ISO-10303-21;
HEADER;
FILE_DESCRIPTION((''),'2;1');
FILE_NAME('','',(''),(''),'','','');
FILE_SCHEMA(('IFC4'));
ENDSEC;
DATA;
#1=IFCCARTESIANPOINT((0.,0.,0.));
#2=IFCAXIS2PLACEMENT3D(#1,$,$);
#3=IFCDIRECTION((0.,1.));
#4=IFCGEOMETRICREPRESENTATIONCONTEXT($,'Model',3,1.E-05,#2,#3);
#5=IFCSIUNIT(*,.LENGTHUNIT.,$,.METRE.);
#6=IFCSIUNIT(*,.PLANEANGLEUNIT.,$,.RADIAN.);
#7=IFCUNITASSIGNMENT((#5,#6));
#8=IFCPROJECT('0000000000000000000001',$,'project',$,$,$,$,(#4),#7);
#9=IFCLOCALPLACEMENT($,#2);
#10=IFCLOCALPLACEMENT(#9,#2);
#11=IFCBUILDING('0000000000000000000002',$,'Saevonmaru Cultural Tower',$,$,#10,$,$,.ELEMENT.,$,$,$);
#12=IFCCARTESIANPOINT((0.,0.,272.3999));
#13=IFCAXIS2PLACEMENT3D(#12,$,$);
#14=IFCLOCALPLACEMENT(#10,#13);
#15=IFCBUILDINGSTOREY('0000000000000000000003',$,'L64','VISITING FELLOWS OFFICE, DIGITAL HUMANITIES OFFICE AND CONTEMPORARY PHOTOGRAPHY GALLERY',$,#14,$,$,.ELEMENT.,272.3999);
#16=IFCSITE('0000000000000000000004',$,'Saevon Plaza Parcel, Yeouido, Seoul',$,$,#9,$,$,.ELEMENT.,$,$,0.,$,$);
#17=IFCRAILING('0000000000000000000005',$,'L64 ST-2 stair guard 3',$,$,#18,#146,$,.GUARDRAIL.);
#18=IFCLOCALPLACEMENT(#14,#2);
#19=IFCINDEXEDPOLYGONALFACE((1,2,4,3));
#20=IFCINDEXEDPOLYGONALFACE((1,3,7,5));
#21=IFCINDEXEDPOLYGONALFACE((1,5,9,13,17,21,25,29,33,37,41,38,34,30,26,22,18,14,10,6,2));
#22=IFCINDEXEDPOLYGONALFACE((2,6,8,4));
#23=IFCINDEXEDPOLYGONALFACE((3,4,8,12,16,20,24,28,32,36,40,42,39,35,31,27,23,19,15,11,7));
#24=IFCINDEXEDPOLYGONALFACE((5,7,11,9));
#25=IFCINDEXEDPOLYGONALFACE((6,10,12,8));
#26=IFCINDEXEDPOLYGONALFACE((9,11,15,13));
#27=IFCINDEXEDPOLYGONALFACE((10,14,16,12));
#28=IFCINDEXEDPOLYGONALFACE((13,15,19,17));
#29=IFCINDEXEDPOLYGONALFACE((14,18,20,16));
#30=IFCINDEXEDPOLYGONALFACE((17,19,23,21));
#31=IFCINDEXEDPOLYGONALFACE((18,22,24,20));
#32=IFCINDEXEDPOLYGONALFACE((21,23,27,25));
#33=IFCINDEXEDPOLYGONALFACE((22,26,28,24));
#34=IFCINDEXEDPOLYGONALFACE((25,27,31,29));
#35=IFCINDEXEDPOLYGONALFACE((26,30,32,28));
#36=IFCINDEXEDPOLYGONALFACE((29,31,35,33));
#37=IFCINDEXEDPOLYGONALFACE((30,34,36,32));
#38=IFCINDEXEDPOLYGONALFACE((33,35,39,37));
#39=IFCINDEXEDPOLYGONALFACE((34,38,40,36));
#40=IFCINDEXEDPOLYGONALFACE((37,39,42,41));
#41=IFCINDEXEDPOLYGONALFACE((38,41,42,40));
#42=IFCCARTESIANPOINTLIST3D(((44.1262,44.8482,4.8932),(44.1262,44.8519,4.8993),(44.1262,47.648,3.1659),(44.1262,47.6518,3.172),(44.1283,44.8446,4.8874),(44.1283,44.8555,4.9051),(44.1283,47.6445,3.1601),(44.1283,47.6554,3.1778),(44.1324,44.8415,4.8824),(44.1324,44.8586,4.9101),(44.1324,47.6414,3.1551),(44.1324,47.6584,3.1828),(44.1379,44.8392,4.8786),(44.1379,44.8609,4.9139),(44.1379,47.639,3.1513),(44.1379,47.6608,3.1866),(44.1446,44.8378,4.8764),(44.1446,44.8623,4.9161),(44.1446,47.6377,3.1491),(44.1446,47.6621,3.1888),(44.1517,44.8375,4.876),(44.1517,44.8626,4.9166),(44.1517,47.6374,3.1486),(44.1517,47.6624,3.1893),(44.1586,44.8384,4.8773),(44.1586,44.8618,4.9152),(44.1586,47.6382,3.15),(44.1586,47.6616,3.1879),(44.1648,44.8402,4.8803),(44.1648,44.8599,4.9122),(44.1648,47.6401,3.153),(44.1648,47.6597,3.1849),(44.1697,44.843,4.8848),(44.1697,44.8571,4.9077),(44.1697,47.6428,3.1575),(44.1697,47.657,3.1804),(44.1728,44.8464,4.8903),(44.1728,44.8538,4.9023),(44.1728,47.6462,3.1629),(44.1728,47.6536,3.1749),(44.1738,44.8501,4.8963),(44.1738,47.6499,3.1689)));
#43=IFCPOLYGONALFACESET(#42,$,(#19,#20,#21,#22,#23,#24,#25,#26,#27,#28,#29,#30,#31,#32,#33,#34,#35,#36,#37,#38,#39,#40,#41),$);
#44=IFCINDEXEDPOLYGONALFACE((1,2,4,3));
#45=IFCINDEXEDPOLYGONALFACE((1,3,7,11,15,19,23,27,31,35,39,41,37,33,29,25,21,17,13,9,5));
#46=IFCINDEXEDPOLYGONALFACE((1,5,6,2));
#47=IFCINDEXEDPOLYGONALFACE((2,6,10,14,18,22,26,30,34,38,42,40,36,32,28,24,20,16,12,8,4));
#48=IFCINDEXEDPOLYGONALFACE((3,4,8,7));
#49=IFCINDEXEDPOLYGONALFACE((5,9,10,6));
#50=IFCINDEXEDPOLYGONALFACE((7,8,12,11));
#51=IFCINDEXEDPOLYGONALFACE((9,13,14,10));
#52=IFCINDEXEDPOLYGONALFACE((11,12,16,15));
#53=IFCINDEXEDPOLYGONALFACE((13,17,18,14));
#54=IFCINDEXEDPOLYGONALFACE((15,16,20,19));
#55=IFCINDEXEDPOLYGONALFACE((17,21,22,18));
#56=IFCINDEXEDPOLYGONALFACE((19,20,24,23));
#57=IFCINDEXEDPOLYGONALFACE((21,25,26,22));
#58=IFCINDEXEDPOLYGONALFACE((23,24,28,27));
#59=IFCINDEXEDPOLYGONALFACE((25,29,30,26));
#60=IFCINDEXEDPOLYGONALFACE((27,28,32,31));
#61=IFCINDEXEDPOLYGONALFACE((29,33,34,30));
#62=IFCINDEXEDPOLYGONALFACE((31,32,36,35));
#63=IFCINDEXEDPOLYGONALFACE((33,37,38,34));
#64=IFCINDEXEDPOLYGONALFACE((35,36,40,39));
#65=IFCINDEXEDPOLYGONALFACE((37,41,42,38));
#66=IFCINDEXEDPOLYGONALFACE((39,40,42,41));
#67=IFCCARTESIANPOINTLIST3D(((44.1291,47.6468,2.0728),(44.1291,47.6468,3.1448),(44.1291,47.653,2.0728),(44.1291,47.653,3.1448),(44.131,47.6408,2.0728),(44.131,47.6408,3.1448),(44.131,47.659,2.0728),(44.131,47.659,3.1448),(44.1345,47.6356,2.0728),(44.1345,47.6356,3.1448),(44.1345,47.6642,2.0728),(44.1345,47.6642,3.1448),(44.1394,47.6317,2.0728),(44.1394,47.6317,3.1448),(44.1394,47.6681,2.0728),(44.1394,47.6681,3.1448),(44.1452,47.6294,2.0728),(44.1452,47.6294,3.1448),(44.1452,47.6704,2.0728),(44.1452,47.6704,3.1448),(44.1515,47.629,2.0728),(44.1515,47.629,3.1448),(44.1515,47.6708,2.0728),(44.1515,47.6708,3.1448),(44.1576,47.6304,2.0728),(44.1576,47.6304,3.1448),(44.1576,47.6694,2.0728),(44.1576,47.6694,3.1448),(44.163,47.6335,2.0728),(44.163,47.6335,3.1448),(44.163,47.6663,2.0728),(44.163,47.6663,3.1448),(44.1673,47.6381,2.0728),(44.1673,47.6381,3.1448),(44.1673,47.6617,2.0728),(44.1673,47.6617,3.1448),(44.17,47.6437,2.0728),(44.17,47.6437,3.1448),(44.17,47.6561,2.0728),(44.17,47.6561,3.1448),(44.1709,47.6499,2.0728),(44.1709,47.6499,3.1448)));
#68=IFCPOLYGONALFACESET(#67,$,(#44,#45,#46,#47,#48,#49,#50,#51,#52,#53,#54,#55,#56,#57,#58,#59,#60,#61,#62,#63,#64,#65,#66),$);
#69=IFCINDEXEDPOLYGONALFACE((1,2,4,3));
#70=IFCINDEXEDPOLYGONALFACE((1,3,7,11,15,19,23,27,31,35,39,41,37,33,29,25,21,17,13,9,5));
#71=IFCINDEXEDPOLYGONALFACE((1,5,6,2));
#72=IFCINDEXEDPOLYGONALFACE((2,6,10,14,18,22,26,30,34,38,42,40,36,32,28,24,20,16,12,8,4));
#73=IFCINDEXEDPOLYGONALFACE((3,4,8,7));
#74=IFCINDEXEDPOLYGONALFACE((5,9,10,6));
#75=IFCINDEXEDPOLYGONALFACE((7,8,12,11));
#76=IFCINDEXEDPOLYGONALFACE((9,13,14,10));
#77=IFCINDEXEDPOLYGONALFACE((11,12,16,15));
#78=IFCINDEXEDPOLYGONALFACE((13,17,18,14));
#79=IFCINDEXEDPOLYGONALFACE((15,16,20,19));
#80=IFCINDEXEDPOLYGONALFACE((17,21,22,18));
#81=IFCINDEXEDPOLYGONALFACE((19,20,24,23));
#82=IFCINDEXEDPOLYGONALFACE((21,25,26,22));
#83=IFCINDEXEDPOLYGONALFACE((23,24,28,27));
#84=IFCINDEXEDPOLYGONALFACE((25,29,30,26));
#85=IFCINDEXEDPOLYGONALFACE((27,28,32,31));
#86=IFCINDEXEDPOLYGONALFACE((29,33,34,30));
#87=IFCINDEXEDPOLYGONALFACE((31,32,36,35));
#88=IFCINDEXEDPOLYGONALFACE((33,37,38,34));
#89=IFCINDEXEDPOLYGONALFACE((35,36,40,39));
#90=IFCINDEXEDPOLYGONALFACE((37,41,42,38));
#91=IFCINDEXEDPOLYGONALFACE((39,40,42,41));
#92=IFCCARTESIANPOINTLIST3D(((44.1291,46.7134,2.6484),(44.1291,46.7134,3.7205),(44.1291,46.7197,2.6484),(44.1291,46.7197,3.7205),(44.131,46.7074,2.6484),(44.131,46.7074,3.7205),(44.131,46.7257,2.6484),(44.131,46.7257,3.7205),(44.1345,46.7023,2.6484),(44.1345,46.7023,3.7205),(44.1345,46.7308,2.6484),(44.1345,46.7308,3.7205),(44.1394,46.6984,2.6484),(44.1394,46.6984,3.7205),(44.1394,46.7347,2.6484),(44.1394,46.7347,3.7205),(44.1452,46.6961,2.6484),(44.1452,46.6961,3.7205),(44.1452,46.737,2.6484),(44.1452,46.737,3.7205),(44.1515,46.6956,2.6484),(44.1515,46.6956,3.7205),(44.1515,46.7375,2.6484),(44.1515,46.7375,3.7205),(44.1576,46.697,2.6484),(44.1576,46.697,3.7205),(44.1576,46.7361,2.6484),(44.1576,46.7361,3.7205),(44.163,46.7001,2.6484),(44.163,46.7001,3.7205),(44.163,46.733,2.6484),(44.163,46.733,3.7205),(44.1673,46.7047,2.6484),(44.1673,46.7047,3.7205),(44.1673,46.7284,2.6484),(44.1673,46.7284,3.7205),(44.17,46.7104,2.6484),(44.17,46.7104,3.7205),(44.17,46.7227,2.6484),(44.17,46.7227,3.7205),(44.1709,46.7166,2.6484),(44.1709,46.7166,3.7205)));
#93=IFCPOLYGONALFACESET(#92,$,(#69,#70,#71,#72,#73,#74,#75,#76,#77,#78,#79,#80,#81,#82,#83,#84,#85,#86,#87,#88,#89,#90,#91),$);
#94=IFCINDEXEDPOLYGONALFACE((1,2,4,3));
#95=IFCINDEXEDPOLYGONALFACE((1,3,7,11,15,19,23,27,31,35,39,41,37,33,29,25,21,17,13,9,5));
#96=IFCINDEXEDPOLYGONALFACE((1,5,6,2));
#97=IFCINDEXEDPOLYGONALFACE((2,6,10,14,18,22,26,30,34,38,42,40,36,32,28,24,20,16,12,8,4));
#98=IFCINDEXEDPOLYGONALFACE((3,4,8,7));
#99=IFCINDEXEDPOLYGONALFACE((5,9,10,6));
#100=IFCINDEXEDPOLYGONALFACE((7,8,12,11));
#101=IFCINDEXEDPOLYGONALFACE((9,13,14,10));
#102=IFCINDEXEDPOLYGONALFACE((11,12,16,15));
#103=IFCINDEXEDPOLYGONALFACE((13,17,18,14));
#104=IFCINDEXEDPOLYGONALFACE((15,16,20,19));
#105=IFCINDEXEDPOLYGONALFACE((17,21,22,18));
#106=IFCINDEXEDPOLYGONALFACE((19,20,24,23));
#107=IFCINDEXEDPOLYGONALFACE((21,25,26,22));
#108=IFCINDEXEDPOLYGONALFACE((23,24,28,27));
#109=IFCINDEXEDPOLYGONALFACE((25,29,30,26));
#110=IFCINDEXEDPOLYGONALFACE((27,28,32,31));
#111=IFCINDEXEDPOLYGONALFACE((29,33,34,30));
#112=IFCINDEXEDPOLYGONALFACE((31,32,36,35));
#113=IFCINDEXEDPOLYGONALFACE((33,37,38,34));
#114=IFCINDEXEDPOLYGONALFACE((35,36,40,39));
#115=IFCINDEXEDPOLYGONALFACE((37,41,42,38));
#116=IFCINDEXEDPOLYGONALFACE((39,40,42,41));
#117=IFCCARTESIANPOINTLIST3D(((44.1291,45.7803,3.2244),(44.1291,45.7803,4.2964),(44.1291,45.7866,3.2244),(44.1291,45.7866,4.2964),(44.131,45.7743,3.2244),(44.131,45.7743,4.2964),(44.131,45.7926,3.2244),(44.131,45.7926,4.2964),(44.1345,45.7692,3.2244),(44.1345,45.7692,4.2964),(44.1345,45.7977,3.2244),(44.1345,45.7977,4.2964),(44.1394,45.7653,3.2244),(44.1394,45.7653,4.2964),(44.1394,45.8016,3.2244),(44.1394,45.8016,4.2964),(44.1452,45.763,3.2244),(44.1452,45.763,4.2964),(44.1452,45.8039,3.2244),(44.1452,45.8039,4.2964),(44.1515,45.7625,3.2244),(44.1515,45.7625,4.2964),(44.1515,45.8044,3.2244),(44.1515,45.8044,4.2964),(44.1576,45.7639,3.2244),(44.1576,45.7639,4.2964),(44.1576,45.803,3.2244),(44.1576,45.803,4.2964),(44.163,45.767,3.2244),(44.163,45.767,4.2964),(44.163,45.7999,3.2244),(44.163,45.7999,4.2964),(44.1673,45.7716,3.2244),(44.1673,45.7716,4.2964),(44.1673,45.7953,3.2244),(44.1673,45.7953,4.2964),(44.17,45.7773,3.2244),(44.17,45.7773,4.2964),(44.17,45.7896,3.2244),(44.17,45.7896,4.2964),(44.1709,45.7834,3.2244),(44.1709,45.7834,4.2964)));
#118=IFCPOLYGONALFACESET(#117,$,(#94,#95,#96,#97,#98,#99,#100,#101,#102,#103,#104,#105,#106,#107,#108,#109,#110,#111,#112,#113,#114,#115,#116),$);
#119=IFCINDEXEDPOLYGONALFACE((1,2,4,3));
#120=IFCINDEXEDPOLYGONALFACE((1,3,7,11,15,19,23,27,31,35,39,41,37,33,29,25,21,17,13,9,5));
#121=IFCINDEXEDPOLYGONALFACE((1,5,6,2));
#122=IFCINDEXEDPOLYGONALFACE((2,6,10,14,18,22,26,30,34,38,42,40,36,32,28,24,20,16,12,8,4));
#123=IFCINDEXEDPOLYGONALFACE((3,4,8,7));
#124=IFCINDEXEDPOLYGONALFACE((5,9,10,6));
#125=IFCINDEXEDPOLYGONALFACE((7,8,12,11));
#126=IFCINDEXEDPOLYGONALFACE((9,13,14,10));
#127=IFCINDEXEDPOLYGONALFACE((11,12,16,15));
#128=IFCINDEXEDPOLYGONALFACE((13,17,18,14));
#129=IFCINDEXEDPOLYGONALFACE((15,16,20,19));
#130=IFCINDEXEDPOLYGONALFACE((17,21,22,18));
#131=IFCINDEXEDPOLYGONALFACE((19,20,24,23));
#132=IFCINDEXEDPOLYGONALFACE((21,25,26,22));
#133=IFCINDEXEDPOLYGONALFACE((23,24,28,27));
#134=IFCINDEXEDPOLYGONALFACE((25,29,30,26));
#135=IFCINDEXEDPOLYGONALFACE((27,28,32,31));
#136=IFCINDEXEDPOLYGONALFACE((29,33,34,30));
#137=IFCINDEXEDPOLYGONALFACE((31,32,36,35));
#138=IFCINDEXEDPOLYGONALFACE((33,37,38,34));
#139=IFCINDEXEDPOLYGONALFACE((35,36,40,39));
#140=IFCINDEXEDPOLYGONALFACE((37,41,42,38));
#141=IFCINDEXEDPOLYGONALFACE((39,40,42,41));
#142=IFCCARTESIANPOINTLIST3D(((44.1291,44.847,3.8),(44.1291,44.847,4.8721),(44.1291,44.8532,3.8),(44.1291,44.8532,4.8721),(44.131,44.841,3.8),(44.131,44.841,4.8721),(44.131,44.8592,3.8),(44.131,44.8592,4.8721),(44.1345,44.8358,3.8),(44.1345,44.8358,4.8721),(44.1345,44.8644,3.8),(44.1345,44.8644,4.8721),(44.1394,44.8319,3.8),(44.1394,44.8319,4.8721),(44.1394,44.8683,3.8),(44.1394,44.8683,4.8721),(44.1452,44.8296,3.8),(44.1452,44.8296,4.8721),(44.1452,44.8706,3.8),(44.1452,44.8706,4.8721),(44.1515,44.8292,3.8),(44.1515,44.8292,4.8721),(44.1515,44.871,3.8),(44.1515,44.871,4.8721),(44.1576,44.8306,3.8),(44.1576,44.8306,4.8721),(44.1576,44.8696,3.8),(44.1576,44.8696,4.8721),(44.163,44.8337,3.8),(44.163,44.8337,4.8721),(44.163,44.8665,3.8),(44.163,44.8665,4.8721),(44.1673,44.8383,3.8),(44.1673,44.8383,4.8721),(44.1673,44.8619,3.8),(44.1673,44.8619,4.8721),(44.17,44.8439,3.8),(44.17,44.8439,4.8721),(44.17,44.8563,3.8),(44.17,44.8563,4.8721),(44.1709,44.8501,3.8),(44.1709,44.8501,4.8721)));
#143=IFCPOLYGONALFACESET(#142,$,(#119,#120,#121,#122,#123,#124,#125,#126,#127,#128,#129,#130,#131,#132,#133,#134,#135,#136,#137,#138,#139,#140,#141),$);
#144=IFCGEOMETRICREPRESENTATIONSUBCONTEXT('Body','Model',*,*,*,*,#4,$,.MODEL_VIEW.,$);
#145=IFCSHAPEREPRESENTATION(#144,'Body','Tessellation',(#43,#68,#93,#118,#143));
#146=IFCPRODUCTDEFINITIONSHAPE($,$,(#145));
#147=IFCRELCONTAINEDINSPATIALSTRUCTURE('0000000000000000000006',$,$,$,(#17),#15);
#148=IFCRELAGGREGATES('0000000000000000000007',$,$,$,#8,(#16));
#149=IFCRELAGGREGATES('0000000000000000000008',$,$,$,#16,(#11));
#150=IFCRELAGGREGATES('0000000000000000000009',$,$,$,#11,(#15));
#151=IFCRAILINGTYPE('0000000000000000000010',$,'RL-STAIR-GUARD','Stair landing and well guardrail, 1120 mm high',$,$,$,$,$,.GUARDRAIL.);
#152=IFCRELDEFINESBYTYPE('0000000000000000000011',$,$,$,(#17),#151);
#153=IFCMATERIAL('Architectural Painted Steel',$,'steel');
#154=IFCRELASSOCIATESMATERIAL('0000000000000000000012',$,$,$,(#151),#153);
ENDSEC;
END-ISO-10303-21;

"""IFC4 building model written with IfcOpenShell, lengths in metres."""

from ifc_helpers import new_model, si_unit, direction, frame, origin, origin_2d, place, context, subcontext, project, spatial, circle, extrude, material, type_object, element, save


model = new_model("IFC4")

# Units and contexts
model_context = context("Model", 3, precision=1e-05, world=origin(), true_north=direction((0.0, 1.0)))
body_context = subcontext(model_context, "Body", "Model", "MODEL_VIEW")
ifc_project = project(units=[si_unit("LENGTHUNIT", "METRE"), si_unit("PLANEANGLEUNIT", "RADIAN")], contexts=[model_context])

# Site, building, storey
site_placement = place(None, origin())
site = spatial("IfcSite", under=ifc_project, at=site_placement, Name="Saevon Plaza Parcel, Yeouido, Seoul", CompositionType="ELEMENT", RefElevation=0.0)
building_placement = place(site_placement, origin())
building = spatial("IfcBuilding", under=site, at=building_placement, Name="Saevonmaru Cultural Tower", CompositionType="ELEMENT")
storey_placement = place(building_placement, frame((0.0, 0.0, 272.3999)))
storey = spatial("IfcBuildingStorey", under=building, at=storey_placement, Name="L64", Description="VISITING FELLOWS OFFICE, DIGITAL HUMANITIES OFFICE AND CONTEMPORARY PHOTOGRAPHY GALLERY", CompositionType="ELEMENT", Elevation=272.3999)

# Railing
ifc_material_1 = material(Name="Architectural Painted Steel", Category="steel")
railing_type_1 = type_object("IfcRailingType", Name="RL-STAIR-GUARD", Description="Stair landing and well guardrail, 1120 mm high", PredefinedType="GUARDRAIL", material=ifc_material_1)
railing_1_placement = place(storey_placement, frame((44.1499, 47.6499, 2.0728)))
element("IfcRailing", 1, at=railing_1_placement, inside=storey, type_object=railing_type_1, Name="L64 ST-2 stair guard 3", PredefinedType="GUARDRAIL", context=body_context, shape_type="SweptSolid", body=[
    extrude(circle(Radius=0.0239, at=origin_2d()), frame((0.0, 0.0, 1.0962), z_axis=(0.0, -0.851069, 0.525054), x_axis=(1.0, 0.0, 0.0)), (0.0, 0.0, 1.0), 3.2898),
    extrude(circle(Radius=0.021, at=origin_2d()), origin(), (0.0, 0.0, 1.0), 1.072),
    extrude(circle(Radius=0.021, at=origin_2d()), frame((0.0, -0.9333, 0.5757)), (0.0, 0.0, 1.0), 1.072),
    extrude(circle(Radius=0.021, at=origin_2d()), frame((0.0, -1.8665, 1.1516)), (0.0, 0.0, 1.0), 1.072),
    extrude(circle(Radius=0.021, at=origin_2d()), frame((0.0, -2.7998, 1.7273)), (0.0, 0.0, 1.0), 1.072),
])

save(model, "model.ifc")
